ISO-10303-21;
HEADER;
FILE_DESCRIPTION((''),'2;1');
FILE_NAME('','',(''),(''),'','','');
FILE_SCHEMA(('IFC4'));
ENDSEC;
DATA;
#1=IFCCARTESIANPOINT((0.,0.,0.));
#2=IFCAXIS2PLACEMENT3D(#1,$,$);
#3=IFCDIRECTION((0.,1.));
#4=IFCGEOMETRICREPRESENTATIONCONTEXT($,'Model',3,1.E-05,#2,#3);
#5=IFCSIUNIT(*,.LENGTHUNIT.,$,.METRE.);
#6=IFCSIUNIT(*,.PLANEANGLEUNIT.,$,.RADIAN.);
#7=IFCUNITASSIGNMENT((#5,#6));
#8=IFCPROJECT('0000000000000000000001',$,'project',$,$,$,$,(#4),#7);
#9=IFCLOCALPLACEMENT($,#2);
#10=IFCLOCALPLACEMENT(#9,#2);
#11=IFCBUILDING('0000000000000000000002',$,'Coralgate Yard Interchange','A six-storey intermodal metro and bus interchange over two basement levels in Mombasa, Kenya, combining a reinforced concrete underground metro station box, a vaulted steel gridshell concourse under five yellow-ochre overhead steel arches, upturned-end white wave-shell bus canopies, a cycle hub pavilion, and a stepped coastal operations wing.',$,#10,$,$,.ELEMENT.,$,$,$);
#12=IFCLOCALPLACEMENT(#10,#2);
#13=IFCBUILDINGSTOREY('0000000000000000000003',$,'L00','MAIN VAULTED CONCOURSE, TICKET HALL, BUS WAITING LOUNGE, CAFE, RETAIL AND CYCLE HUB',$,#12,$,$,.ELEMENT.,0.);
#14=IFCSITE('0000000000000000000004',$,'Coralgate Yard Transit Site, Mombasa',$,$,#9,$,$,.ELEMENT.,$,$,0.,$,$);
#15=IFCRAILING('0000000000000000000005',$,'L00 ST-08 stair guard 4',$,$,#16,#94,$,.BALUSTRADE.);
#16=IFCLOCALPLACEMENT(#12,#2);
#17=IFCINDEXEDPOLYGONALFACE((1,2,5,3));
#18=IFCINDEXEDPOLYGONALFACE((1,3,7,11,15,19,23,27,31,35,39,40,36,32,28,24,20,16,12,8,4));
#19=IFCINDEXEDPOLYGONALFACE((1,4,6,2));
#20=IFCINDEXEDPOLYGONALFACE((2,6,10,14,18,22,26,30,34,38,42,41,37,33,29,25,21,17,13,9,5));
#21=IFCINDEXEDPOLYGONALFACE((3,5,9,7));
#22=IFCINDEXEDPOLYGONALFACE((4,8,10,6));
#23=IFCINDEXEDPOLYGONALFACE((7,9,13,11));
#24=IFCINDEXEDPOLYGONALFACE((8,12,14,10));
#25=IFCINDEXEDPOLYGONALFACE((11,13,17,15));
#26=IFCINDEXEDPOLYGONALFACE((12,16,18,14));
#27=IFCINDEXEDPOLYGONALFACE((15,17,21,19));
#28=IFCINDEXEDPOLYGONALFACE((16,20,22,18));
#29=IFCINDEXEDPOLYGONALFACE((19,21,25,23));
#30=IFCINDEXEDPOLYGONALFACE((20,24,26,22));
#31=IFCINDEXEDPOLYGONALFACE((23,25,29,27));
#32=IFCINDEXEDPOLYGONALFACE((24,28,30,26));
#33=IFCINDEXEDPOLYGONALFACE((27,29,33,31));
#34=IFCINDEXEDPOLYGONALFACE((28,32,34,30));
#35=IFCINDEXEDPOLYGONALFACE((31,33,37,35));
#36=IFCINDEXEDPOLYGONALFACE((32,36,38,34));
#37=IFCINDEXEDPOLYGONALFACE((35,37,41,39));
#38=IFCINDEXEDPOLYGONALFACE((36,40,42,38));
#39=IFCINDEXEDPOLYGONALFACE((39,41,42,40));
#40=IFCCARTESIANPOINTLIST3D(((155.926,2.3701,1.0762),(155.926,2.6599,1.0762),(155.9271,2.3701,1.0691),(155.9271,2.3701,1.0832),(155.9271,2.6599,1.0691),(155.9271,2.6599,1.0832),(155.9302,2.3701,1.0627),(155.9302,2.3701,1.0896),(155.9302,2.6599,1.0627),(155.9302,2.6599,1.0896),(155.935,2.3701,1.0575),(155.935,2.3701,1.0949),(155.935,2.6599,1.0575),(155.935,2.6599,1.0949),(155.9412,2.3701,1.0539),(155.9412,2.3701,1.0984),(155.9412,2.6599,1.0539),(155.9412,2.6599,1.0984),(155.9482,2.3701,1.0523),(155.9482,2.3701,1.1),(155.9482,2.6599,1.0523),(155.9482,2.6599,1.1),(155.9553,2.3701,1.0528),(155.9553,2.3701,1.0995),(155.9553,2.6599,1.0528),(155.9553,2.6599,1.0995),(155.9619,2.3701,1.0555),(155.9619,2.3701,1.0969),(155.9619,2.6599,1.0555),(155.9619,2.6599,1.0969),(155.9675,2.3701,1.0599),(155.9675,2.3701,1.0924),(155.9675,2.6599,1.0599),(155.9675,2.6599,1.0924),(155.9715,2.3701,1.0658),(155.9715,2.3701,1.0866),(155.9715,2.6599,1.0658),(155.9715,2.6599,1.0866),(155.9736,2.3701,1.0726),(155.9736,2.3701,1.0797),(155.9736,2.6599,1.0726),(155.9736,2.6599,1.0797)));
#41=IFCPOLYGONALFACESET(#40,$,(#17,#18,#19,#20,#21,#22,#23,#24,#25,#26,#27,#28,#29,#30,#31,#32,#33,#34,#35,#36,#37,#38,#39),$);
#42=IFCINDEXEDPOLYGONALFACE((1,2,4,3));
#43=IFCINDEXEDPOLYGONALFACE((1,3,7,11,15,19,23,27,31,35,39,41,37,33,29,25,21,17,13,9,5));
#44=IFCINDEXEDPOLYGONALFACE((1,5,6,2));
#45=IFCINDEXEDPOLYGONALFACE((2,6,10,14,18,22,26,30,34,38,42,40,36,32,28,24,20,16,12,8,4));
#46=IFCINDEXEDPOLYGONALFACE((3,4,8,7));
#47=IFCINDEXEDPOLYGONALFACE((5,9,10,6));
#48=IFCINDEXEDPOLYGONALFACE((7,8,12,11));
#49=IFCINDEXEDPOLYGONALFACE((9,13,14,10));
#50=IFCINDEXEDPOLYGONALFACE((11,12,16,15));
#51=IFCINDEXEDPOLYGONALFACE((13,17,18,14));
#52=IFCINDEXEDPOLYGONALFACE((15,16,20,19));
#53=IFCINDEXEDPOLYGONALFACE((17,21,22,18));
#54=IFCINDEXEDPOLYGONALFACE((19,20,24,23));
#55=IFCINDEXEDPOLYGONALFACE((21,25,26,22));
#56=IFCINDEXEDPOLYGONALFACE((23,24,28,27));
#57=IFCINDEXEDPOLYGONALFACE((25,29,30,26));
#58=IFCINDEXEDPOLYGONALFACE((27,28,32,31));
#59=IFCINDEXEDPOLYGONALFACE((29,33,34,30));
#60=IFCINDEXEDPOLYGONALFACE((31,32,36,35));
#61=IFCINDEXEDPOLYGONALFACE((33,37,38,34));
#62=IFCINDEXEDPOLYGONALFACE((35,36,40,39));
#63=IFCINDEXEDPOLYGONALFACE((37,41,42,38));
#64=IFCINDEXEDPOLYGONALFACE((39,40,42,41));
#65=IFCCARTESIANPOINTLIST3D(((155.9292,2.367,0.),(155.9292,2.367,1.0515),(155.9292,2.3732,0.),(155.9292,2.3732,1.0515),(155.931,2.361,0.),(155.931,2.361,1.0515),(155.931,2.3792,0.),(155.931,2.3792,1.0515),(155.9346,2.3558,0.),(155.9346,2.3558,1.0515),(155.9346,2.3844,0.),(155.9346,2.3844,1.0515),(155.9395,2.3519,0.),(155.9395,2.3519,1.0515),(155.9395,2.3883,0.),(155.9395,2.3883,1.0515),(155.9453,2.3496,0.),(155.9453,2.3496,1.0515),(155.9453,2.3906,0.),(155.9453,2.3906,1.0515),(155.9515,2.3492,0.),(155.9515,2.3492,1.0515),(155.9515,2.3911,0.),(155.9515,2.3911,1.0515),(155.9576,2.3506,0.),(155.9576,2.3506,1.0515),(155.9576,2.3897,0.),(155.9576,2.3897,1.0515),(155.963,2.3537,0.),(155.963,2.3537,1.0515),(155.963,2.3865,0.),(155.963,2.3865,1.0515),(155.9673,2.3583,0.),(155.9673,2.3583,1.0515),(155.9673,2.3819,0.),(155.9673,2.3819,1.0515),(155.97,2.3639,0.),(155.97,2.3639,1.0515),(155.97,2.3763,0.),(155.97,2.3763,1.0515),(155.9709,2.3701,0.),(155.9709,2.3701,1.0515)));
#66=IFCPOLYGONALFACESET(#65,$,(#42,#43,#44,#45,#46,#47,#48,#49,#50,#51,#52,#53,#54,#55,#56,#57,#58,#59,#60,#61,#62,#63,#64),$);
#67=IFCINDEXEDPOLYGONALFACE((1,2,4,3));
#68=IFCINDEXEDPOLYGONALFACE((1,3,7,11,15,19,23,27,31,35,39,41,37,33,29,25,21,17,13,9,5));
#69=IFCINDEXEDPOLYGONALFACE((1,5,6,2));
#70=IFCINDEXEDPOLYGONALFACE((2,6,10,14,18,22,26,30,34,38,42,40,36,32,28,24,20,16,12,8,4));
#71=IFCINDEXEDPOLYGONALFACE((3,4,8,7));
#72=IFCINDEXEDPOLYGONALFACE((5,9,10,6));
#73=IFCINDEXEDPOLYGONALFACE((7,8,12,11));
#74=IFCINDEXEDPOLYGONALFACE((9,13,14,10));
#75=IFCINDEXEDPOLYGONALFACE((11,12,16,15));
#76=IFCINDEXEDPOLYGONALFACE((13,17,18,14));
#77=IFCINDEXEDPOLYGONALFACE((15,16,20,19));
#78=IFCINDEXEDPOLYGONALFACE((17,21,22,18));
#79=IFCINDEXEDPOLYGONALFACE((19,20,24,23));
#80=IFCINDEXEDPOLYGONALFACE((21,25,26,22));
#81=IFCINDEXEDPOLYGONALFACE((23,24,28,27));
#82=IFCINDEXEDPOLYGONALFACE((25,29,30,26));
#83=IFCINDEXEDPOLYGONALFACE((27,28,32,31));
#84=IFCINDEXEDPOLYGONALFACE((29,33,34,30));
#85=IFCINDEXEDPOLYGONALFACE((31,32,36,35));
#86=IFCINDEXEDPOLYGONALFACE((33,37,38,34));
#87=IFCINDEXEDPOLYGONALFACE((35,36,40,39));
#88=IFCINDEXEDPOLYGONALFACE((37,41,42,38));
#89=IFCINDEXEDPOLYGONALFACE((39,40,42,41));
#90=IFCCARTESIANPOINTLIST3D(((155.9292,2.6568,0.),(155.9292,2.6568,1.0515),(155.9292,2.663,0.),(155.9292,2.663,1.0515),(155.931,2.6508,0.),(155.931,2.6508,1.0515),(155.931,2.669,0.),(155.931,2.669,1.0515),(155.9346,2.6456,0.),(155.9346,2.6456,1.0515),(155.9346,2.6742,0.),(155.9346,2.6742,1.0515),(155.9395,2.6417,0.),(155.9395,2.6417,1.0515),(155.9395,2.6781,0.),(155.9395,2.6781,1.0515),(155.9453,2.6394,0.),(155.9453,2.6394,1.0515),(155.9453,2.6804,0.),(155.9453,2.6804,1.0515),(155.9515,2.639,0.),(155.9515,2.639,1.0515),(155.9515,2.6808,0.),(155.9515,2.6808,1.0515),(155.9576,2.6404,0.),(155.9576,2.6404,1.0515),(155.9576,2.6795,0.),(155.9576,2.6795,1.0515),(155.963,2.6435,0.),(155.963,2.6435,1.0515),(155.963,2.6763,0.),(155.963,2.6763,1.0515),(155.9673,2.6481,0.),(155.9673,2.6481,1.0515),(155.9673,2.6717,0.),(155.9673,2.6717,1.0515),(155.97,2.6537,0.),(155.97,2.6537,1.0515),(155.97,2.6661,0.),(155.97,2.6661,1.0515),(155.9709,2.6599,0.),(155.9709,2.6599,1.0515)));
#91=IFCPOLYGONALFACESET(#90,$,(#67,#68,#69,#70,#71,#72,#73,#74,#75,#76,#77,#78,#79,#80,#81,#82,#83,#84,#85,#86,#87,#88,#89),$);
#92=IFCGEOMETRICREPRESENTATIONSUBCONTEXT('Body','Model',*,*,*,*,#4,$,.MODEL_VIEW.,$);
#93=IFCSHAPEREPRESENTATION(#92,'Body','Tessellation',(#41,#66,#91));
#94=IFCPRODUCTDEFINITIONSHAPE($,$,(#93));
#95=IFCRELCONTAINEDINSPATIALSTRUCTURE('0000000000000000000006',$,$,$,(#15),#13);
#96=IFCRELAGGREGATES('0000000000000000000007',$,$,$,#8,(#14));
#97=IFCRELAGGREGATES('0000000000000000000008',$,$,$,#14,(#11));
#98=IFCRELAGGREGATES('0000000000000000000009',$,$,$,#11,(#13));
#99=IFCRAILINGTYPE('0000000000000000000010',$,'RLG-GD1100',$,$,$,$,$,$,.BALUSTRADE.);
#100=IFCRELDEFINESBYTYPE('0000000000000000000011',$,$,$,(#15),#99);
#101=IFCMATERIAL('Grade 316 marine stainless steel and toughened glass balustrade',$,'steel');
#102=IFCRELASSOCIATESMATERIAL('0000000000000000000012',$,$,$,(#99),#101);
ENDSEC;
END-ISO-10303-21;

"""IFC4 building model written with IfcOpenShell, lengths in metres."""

from ifc_helpers import new_model, si_unit, direction, frame, origin, origin_2d, place, context, subcontext, project, spatial, circle, extrude, material, type_object, element, save


model = new_model("IFC4")

# Units and contexts
model_context = context("Model", 3, precision=1e-05, world=origin(), true_north=direction((0.0, 1.0)))
body_context = subcontext(model_context, "Body", "Model", "MODEL_VIEW")
ifc_project = project(units=[si_unit("LENGTHUNIT", "METRE"), si_unit("PLANEANGLEUNIT", "RADIAN")], contexts=[model_context])

# Site, building, storey
site_placement = place(None, origin())
site = spatial("IfcSite", under=ifc_project, at=site_placement, Name="Coralgate Yard Transit Site, Mombasa", CompositionType="ELEMENT", RefElevation=0.0)
building_placement = place(site_placement, origin())
building = spatial("IfcBuilding", under=site, at=building_placement, Name="Coralgate Yard Interchange", Description="A six-storey intermodal metro and bus interchange over two basement levels in Mombasa, Kenya, combining a reinforced concrete underground metro station box, a vaulted steel gridshell concourse under five yellow-ochre overhead steel arches, upturned-end white wave-shell bus canopies, a cycle hub pavilion, and a stepped coastal operations wing.", CompositionType="ELEMENT")
storey_placement = place(building_placement, origin())
storey = spatial("IfcBuildingStorey", under=building, at=storey_placement, Name="L00", Description="MAIN VAULTED CONCOURSE, TICKET HALL, BUS WAITING LOUNGE, CAFE, RETAIL AND CYCLE HUB", CompositionType="ELEMENT", Elevation=0.0)

# Railing
ifc_material_1 = material(Name="Grade 316 marine stainless steel and toughened glass balustrade", Category="steel")
railing_type_1 = type_object("IfcRailingType", Name="RLG-GD1100", PredefinedType="BALUSTRADE", material=ifc_material_1)
railing_1_placement = place(storey_placement, frame((155.95, 2.3701, 0.0)))
element("IfcRailing", 1, at=railing_1_placement, inside=storey, type_object=railing_type_1, Name="L00 ST-08 stair guard 4", PredefinedType="BALUSTRADE", context=body_context, shape_type="SweptSolid", body=[
    extrude(circle(Radius=0.0239, at=origin_2d()), frame((0.0, 0.0, 1.0762), z_axis=(0.0, 1.0, 0.0), x_axis=(-1.0, 0.0, 0.0)), (0.0, 0.0, 1.0), 0.2898),
    extrude(circle(Radius=0.021, at=origin_2d()), origin(), (0.0, 0.0, 1.0), 1.0515),
    extrude(circle(Radius=0.021, at=origin_2d()), frame((0.0, 0.2898, 0.0)), (0.0, 0.0, 1.0), 1.0515),
])

save(model, "model.ifc")
